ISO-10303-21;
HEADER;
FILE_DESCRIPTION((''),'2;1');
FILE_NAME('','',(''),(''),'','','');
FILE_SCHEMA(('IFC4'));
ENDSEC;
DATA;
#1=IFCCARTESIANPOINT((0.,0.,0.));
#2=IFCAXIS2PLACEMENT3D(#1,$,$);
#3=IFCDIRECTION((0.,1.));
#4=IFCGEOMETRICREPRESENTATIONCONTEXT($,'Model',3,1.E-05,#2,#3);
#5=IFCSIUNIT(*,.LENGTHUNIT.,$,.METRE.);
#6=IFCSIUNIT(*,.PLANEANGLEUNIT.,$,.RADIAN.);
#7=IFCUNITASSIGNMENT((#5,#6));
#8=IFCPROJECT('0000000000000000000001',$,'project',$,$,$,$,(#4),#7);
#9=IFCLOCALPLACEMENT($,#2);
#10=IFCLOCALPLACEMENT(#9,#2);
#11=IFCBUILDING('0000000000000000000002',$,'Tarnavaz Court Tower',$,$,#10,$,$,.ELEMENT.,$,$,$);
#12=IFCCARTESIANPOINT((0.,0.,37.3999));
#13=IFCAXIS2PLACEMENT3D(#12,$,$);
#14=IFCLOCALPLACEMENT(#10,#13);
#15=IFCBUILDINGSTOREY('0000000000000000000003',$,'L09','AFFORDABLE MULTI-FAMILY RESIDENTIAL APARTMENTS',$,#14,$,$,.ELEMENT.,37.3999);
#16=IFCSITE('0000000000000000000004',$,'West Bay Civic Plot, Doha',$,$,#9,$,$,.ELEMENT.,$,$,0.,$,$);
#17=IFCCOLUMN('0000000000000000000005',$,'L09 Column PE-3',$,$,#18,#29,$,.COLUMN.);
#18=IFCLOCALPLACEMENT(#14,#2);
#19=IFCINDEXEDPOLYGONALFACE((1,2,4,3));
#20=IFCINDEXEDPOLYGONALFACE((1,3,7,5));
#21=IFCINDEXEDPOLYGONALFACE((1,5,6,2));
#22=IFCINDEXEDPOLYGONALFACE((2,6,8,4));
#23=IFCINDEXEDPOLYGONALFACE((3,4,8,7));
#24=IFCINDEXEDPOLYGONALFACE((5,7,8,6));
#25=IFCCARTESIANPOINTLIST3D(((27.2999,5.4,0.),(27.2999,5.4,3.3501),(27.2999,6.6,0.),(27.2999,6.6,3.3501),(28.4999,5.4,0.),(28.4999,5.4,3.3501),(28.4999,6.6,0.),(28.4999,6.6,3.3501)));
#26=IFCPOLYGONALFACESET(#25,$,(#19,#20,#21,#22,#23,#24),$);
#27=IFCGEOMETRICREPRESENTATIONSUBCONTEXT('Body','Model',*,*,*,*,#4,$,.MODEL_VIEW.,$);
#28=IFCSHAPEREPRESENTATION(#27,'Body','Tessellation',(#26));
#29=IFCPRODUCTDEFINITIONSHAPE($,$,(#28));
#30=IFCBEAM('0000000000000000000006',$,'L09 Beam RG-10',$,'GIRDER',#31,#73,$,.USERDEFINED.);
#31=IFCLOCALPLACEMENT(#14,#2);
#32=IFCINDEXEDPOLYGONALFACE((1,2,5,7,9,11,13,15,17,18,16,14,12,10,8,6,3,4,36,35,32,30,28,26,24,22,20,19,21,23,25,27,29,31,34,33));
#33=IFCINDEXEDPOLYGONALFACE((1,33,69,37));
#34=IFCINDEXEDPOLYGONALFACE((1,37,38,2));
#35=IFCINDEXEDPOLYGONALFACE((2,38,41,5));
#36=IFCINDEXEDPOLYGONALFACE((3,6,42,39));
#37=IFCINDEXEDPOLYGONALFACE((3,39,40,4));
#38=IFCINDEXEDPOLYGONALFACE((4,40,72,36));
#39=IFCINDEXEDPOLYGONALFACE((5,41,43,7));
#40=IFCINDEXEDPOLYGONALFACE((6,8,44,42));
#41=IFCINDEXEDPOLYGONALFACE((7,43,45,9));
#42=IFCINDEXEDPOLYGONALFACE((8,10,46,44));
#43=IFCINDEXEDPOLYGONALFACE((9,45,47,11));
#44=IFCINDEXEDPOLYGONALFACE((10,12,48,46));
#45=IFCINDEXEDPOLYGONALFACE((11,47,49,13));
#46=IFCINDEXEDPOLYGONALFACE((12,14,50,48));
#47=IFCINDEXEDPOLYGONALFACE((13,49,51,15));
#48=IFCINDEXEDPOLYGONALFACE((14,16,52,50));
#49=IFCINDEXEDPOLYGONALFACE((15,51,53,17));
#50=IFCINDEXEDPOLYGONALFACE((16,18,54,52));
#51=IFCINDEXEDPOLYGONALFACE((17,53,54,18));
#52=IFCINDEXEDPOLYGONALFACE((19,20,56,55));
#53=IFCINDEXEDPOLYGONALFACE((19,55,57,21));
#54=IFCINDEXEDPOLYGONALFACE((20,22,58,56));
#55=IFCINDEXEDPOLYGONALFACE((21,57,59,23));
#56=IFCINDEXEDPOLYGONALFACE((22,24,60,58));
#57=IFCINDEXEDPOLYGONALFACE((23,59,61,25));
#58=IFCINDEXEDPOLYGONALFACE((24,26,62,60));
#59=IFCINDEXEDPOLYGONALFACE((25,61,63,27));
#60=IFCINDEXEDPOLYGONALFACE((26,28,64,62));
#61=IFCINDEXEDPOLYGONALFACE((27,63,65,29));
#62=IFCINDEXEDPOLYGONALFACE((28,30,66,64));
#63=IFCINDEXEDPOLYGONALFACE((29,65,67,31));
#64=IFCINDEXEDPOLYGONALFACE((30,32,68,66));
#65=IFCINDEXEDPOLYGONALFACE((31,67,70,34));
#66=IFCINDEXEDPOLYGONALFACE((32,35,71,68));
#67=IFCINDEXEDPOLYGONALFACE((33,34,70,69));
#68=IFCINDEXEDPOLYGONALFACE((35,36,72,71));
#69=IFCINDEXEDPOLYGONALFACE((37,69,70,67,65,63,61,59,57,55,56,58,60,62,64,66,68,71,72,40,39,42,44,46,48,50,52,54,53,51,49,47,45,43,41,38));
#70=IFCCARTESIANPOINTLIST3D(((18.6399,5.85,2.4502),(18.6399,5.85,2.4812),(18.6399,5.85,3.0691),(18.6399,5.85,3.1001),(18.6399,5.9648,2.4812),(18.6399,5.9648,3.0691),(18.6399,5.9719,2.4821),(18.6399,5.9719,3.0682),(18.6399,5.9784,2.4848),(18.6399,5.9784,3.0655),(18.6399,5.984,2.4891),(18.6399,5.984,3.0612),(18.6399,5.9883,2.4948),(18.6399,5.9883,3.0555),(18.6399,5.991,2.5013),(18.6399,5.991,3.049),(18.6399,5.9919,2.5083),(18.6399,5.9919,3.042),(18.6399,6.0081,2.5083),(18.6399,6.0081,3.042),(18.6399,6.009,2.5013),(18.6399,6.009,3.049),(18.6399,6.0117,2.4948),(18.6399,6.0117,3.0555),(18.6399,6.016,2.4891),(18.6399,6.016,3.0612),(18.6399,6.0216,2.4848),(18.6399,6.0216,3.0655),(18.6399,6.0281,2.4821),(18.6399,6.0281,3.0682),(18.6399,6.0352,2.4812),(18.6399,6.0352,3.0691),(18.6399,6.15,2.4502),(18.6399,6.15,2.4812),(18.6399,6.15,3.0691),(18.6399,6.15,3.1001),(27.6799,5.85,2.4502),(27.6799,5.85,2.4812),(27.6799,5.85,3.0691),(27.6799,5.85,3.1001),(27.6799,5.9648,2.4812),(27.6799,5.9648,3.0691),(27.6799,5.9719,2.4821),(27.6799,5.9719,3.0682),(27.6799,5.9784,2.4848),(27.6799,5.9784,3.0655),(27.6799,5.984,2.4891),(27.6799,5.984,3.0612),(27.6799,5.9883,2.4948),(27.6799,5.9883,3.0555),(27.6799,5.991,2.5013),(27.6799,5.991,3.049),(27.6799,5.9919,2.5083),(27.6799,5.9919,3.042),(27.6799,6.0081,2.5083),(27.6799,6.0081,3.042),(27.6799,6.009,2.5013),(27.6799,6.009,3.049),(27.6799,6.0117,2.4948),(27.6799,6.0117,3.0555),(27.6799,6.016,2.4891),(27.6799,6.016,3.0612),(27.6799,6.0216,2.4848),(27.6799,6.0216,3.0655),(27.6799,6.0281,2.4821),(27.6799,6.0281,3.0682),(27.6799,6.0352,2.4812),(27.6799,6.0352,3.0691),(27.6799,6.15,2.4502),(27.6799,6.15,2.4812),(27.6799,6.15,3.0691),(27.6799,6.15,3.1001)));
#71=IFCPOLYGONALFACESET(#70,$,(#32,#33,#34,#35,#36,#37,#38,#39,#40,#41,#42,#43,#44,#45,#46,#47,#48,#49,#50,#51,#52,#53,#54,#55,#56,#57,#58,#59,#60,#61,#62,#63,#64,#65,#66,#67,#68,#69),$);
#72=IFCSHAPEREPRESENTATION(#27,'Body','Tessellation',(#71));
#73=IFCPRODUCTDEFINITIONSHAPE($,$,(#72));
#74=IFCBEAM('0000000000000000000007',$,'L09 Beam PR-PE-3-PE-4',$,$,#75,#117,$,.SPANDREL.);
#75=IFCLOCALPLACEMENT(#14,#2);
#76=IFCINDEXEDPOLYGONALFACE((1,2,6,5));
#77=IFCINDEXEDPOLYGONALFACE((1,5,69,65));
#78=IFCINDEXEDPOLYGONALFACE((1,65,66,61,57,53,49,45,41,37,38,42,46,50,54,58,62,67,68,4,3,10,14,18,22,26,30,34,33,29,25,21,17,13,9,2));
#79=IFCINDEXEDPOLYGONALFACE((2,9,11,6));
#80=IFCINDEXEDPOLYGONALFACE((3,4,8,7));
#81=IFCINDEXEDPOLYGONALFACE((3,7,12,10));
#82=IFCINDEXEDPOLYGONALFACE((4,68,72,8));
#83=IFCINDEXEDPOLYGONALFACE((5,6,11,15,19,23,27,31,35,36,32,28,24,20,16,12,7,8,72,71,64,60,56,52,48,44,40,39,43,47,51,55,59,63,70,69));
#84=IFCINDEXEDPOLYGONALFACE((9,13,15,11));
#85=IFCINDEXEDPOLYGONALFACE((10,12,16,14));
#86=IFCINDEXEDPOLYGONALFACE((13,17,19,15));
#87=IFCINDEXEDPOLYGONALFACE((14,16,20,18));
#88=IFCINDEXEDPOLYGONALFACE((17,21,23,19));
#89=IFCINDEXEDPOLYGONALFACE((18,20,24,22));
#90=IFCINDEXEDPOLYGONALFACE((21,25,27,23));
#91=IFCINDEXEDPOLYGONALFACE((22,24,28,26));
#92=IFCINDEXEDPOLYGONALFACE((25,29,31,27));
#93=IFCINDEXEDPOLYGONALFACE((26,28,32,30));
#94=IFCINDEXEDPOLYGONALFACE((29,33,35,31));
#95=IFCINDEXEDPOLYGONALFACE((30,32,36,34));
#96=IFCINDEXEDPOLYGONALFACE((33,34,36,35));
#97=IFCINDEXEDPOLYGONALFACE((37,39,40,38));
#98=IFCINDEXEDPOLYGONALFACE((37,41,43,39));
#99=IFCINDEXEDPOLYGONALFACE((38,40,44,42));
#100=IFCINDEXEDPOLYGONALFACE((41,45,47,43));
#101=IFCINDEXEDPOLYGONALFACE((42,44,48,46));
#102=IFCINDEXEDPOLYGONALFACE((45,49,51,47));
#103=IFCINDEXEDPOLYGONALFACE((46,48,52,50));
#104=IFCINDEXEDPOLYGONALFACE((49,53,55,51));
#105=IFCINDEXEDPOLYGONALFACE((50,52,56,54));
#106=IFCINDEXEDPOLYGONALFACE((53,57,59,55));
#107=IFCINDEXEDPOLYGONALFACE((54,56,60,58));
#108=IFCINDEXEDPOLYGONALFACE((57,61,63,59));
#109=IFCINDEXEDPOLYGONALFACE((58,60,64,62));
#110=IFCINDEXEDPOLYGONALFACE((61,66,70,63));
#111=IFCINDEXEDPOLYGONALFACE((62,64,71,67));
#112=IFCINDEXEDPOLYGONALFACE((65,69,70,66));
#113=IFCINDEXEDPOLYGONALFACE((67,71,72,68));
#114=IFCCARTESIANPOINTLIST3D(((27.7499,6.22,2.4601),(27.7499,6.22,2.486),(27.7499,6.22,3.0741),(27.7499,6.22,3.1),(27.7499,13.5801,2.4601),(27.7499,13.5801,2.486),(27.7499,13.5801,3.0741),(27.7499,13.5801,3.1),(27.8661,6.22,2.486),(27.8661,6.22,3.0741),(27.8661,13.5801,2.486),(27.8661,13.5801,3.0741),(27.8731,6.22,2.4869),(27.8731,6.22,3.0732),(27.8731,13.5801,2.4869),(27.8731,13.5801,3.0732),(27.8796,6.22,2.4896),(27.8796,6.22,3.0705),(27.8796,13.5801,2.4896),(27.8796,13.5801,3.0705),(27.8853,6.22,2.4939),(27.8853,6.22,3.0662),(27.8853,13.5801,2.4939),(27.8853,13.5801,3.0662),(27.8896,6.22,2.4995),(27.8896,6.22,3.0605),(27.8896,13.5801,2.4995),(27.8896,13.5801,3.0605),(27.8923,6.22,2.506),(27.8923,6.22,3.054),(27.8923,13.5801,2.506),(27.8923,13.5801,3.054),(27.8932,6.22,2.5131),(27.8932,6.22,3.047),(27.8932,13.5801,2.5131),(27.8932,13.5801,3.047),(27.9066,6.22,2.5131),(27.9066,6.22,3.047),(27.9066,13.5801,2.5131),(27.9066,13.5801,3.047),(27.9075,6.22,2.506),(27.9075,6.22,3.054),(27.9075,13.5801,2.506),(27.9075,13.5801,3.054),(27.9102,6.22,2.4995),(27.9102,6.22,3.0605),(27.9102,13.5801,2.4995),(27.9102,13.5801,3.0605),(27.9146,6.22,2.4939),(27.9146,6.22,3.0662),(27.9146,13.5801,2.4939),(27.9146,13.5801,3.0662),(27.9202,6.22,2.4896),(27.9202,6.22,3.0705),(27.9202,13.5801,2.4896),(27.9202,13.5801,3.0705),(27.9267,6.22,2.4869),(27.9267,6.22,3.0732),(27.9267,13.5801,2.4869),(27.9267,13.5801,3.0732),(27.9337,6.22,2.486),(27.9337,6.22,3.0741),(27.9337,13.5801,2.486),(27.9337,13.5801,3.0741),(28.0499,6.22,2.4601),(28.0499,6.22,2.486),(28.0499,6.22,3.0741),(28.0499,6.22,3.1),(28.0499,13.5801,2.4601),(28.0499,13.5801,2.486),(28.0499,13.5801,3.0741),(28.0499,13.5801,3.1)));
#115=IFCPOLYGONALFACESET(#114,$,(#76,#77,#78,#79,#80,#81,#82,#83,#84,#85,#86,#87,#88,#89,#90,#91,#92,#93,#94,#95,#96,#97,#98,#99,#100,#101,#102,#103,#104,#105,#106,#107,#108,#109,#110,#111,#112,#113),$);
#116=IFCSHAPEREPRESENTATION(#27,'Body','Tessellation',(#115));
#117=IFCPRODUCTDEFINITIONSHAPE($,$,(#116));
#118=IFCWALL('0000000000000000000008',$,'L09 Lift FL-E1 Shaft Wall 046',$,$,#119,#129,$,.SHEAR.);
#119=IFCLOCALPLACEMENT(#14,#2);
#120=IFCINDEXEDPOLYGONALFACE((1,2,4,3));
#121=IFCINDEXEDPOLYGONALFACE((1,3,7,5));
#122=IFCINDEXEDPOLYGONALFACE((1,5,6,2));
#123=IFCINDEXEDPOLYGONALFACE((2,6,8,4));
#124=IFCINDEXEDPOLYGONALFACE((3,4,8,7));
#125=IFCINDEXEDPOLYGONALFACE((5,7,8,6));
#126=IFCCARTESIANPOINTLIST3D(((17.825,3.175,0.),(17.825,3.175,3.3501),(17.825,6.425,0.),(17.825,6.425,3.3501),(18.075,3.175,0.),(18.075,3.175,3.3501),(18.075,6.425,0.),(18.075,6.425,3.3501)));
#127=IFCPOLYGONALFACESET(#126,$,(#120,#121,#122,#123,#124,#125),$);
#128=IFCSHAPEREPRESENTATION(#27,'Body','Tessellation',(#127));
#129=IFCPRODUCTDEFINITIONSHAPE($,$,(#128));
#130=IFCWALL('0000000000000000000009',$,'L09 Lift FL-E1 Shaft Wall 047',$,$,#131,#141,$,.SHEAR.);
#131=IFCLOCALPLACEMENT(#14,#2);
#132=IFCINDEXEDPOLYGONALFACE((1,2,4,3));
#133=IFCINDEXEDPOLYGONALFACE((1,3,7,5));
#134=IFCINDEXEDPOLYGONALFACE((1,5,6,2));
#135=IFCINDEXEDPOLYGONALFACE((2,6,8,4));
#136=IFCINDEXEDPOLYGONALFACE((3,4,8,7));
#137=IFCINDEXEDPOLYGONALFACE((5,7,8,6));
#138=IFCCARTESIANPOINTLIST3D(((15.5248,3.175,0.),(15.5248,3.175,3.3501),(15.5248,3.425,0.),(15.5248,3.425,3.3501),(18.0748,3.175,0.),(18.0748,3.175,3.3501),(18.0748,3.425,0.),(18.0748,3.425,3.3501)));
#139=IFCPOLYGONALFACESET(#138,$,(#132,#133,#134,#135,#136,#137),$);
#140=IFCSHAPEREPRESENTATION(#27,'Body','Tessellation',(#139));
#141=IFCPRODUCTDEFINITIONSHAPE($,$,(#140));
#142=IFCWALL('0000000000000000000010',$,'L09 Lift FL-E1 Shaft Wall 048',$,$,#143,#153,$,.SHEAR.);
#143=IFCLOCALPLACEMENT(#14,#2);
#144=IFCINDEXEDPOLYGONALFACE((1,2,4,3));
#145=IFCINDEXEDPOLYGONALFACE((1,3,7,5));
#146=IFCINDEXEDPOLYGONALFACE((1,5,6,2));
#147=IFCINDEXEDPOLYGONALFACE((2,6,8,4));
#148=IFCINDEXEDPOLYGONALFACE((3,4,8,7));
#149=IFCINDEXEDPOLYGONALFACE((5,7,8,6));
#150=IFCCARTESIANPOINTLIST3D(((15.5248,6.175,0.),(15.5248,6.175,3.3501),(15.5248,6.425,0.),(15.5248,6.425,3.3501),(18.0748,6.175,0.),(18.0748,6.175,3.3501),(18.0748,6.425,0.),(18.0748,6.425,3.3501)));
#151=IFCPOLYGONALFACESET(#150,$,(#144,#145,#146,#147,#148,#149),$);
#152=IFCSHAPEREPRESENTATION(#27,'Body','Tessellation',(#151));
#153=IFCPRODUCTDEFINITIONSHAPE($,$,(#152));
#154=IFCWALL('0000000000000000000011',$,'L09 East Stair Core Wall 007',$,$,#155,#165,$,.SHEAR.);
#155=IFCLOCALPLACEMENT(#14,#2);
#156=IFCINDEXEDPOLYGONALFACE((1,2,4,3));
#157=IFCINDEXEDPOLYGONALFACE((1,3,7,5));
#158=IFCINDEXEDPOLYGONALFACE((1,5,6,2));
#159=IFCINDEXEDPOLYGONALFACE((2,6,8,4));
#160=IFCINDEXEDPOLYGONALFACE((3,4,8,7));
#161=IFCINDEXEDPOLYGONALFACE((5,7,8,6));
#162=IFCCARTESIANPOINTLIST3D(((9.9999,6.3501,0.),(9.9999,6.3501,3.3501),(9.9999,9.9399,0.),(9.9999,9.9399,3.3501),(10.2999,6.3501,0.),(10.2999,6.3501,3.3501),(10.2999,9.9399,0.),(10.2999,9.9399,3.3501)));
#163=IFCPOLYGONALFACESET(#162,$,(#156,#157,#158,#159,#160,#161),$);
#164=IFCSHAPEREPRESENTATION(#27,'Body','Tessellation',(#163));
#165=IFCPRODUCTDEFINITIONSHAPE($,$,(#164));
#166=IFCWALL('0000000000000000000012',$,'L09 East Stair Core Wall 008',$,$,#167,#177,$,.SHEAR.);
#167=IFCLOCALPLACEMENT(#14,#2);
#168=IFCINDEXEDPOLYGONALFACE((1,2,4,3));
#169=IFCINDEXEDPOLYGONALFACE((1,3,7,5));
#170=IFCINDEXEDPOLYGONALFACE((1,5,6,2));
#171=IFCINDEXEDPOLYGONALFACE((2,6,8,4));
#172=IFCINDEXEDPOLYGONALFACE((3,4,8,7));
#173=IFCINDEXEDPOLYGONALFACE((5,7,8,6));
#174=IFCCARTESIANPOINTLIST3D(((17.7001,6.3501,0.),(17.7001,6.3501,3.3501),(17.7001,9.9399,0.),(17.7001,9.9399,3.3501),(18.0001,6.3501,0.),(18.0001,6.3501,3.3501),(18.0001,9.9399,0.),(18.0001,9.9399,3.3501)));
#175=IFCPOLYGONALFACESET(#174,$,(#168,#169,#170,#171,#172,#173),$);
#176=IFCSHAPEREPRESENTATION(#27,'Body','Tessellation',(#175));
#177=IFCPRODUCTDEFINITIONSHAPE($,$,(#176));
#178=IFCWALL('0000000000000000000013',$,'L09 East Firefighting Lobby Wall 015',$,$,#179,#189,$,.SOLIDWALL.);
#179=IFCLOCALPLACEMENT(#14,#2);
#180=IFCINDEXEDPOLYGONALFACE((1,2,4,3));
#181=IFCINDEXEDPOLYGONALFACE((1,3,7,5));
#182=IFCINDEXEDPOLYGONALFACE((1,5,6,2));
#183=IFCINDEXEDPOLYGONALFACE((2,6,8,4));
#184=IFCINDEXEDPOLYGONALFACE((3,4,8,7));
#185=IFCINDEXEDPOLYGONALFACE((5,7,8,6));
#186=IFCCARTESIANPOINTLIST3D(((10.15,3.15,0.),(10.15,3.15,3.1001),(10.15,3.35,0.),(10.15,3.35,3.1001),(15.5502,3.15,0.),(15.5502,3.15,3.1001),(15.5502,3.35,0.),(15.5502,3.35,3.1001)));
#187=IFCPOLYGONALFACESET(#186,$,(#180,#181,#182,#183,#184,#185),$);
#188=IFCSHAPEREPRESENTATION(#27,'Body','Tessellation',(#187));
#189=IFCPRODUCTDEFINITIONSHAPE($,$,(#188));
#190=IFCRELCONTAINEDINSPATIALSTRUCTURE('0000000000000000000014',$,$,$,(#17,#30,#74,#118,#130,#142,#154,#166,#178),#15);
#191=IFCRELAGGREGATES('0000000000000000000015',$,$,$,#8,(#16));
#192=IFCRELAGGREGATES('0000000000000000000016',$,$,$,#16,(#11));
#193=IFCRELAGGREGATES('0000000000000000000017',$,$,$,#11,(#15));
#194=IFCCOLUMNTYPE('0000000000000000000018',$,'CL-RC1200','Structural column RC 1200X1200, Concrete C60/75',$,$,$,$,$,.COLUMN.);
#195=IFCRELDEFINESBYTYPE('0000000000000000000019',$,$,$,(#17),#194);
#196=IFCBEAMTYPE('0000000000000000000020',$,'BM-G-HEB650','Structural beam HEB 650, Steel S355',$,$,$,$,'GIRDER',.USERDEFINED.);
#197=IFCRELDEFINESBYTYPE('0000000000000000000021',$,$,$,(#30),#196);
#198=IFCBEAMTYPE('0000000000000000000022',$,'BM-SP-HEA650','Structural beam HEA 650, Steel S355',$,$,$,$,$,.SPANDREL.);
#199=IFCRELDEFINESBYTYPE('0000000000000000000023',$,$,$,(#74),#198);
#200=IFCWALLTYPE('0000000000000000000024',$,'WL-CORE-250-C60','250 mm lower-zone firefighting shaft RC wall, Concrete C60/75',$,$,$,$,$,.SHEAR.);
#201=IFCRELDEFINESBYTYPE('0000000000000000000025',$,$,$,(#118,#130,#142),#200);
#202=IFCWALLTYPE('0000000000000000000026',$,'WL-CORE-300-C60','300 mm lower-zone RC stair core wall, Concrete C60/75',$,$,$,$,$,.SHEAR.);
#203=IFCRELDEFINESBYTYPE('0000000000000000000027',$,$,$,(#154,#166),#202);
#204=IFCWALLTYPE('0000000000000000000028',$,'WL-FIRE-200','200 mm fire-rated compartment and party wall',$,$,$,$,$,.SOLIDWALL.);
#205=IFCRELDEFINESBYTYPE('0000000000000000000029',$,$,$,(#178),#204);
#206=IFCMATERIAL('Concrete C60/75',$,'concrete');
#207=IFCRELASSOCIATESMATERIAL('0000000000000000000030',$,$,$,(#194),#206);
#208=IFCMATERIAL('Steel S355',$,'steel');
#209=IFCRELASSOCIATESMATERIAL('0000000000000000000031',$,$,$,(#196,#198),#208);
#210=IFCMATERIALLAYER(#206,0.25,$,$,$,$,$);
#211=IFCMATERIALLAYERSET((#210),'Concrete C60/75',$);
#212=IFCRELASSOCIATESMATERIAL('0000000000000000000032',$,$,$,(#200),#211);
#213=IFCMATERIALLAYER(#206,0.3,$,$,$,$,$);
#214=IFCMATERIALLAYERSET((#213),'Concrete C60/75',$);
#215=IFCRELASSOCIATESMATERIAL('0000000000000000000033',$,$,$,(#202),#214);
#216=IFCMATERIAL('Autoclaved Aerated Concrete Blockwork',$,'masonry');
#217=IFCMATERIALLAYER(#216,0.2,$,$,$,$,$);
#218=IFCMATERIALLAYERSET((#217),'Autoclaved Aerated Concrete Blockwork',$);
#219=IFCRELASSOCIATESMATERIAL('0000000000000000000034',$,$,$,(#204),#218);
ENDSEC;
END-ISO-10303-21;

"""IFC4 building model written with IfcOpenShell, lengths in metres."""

from ifc_helpers import new_model, si_unit, direction, frame, frame_2d, origin, origin_2d, place, context, subcontext, project, spatial, rectangle, i_section, extrude, material, layer, layer_set, material_profile, profile_set, type_object, element, save


model = new_model("IFC4")

# Units and contexts
model_context = context("Model", 3, precision=1e-05, world=origin(), true_north=direction((0.0, 1.0)))
body_context = subcontext(model_context, "Body", "Model", "MODEL_VIEW")
ifc_project = project(units=[si_unit("LENGTHUNIT", "METRE"), si_unit("PLANEANGLEUNIT", "RADIAN")], contexts=[model_context])

# Site, building, storey
site_placement = place(None, origin())
site = spatial("IfcSite", under=ifc_project, at=site_placement, Name="West Bay Civic Plot, Doha", CompositionType="ELEMENT", RefElevation=0.0)
building_placement = place(site_placement, origin())
building = spatial("IfcBuilding", under=site, at=building_placement, Name="Tarnavaz Court Tower", CompositionType="ELEMENT")
storey_placement = place(building_placement, frame((0.0, 0.0, 37.3999)))
storey = spatial("IfcBuildingStorey", under=building, at=storey_placement, Name="L09", Description="AFFORDABLE MULTI-FAMILY RESIDENTIAL APARTMENTS", CompositionType="ELEMENT", Elevation=37.3999)

# Column
ifc_material_1 = material(Name="Concrete C60/75", Category="concrete")
ifc_material_profile_1 = material_profile(ifc_material_1, rectangle(XDim=1.2, YDim=1.2, at=origin_2d()), Name="RC 1200X1200")
ifc_profile_set_1 = profile_set([ifc_material_profile_1], Name="Concrete C60/75")
column_type = type_object("IfcColumnType", Name="CL-RC1200", Description="Structural column RC 1200X1200, Concrete C60/75", PredefinedType="COLUMN", material=ifc_profile_set_1)
column_placement = place(storey_placement, frame((27.8999, 6.0, 0.0), z_axis=(0.0, 0.0, 1.0), x_axis=(1.0, 0.0, 0.0)))
element("IfcColumn", 1, at=column_placement, inside=storey, type_object=column_type, Name="L09 Column PE-3", PredefinedType="COLUMN", context=body_context, shape_type="SweptSolid", body=[
    extrude(rectangle(XDim=1.2, YDim=1.2, at=origin_2d()), origin(), (0.0, 0.0, 1.0), 3.3501),
])

# Beams
ifc_material_2 = material(Name="Steel S355", Category="steel")
ifc_material_profile_2 = material_profile(ifc_material_2, i_section(OverallWidth=0.3, OverallDepth=0.6499, WebThickness=0.0161, FlangeThickness=0.031, FilletRadius=0.0271, at=origin_2d()), Name="HEB 650")
ifc_profile_set_2 = profile_set([ifc_material_profile_2], Name="Steel S355")
beam_type_1 = type_object("IfcBeamType", Name="BM-G-HEB650", Description="Structural beam HEB 650, Steel S355", ElementType="GIRDER", PredefinedType="USERDEFINED", material=ifc_profile_set_2)
beam_1_placement = place(storey_placement, frame((18.6399, 6.0, 2.7751), z_axis=(1.0, 0.0, 0.0), x_axis=(0.0, 1.0, 0.0)))
element("IfcBeam", 2, at=beam_1_placement, inside=storey, type_object=beam_type_1, Name="L09 Beam RG-10", ObjectType="GIRDER", PredefinedType="USERDEFINED", context=body_context, shape_type="SweptSolid", body=[
    extrude(i_section(OverallWidth=0.3, OverallDepth=0.6499, WebThickness=0.0161, FlangeThickness=0.031, FilletRadius=0.0271, at=origin_2d()), origin(), (0.0, 0.0, 1.0), 9.04),
])
ifc_material_profile_3 = material_profile(ifc_material_2, i_section(OverallWidth=0.3, OverallDepth=0.6399, WebThickness=0.0134, FlangeThickness=0.0259, FilletRadius=0.0271, at=origin_2d()), Name="HEA 650")
ifc_profile_set_3 = profile_set([ifc_material_profile_3], Name="Steel S355")
beam_type_2 = type_object("IfcBeamType", Name="BM-SP-HEA650", Description="Structural beam HEA 650, Steel S355", PredefinedType="SPANDREL", material=ifc_profile_set_3)
beam_2_placement = place(storey_placement, frame((27.8999, 6.22, 2.78), z_axis=(0.0, 1.0, 0.0), x_axis=(-1.0, 0.0, 0.0)))
element("IfcBeam", 3, at=beam_2_placement, inside=storey, type_object=beam_type_2, Name="L09 Beam PR-PE-3-PE-4", PredefinedType="SPANDREL", context=body_context, shape_type="SweptSolid", body=[
    extrude(i_section(OverallWidth=0.3, OverallDepth=0.6399, WebThickness=0.0134, FlangeThickness=0.0259, FilletRadius=0.0271, at=origin_2d()), origin(), (0.0, 0.0, 1.0), 7.3601),
])

# Shared definitions
ifc_layer_1 = layer(ifc_material_1, 0.25)
ifc_layer_set_1 = layer_set([ifc_layer_1], Name="Concrete C60/75")
wall_type_1 = type_object("IfcWallType", Name="WL-CORE-250-C60", Description="250 mm lower-zone firefighting shaft RC wall, Concrete C60/75", PredefinedType="SHEAR", material=ifc_layer_set_1)

# Walls
wall_1_placement = place(storey_placement, frame((17.95, 3.175, 0.0), z_axis=(0.0, 0.0, 1.0), x_axis=(0.0, 1.0, 0.0)))
element("IfcWall", 4, at=wall_1_placement, inside=storey, type_object=wall_type_1, Name="L09 Lift FL-E1 Shaft Wall 046", PredefinedType="SHEAR", context=body_context, shape_type="SweptSolid", body=[
    extrude(rectangle(XDim=3.25, YDim=0.25, at=frame_2d((1.625, 0.0))), origin(), (0.0, 0.0, 1.0), 3.3501),
])
for number, where, z_axis, x_axis, name in (
    (5, (15.5249, 3.3, 0.0), (0.0, 0.0, 1.0), (1.0, 0.0, 0.0), "L09 Lift FL-E1 Shaft Wall 047"),
    (6, (15.5249, 6.3, 0.0), (0.0, 0.0, 1.0), (1.0, 0.0, 0.0), "L09 Lift FL-E1 Shaft Wall 048"),
):
    element("IfcWall", number, at=place(storey_placement, frame(where, z_axis=z_axis, x_axis=x_axis)), inside=storey, type_object=wall_type_1, Name=name, PredefinedType="SHEAR", context=body_context, shape_type="SweptSolid", body=[
        extrude(rectangle(XDim=2.55, YDim=0.25, at=frame_2d((1.2749, 0.0))), origin(), (0.0, 0.0, 1.0), 3.3501),
    ])
ifc_layer_2 = layer(ifc_material_1, 0.3)
ifc_layer_set_2 = layer_set([ifc_layer_2], Name="Concrete C60/75")
wall_type_2 = type_object("IfcWallType", Name="WL-CORE-300-C60", Description="300 mm lower-zone RC stair core wall, Concrete C60/75", PredefinedType="SHEAR", material=ifc_layer_set_2)
for number, where, z_axis, x_axis, name in (
    (7, (10.1499, 6.3501, 0.0), (0.0, 0.0, 1.0), (0.0, 1.0, 0.0), "L09 East Stair Core Wall 007"),
    (8, (17.8501, 6.3501, 0.0), (0.0, 0.0, 1.0), (0.0, 1.0, 0.0), "L09 East Stair Core Wall 008"),
):
    element("IfcWall", number, at=place(storey_placement, frame(where, z_axis=z_axis, x_axis=x_axis)), inside=storey, type_object=wall_type_2, Name=name, PredefinedType="SHEAR", context=body_context, shape_type="SweptSolid", body=[
        extrude(rectangle(XDim=3.5898, YDim=0.3, at=frame_2d((1.7949, 0.0))), origin(), (0.0, 0.0, 1.0), 3.3501),
    ])
ifc_material_3 = material(Name="Autoclaved Aerated Concrete Blockwork", Category="masonry")
ifc_layer_3 = layer(ifc_material_3, 0.2)
ifc_layer_set_3 = layer_set([ifc_layer_3], Name="Autoclaved Aerated Concrete Blockwork")
wall_type_3 = type_object("IfcWallType", Name="WL-FIRE-200", Description="200 mm fire-rated compartment and party wall", PredefinedType="SOLIDWALL", material=ifc_layer_set_3)
wall_2_placement = place(storey_placement, frame((10.1499, 3.25, 0.0), z_axis=(0.0, 0.0, 1.0), x_axis=(1.0, 0.0, 0.0)))
element("IfcWall", 9, at=wall_2_placement, inside=storey, type_object=wall_type_3, Name="L09 East Firefighting Lobby Wall 015", PredefinedType="SOLIDWALL", context=body_context, shape_type="SweptSolid", body=[
    extrude(rectangle(XDim=5.4001, YDim=0.2, at=frame_2d((2.7002, 0.0))), origin(), (0.0, 0.0, 1.0), 3.1001),
])

save(model, "model.ifc")
